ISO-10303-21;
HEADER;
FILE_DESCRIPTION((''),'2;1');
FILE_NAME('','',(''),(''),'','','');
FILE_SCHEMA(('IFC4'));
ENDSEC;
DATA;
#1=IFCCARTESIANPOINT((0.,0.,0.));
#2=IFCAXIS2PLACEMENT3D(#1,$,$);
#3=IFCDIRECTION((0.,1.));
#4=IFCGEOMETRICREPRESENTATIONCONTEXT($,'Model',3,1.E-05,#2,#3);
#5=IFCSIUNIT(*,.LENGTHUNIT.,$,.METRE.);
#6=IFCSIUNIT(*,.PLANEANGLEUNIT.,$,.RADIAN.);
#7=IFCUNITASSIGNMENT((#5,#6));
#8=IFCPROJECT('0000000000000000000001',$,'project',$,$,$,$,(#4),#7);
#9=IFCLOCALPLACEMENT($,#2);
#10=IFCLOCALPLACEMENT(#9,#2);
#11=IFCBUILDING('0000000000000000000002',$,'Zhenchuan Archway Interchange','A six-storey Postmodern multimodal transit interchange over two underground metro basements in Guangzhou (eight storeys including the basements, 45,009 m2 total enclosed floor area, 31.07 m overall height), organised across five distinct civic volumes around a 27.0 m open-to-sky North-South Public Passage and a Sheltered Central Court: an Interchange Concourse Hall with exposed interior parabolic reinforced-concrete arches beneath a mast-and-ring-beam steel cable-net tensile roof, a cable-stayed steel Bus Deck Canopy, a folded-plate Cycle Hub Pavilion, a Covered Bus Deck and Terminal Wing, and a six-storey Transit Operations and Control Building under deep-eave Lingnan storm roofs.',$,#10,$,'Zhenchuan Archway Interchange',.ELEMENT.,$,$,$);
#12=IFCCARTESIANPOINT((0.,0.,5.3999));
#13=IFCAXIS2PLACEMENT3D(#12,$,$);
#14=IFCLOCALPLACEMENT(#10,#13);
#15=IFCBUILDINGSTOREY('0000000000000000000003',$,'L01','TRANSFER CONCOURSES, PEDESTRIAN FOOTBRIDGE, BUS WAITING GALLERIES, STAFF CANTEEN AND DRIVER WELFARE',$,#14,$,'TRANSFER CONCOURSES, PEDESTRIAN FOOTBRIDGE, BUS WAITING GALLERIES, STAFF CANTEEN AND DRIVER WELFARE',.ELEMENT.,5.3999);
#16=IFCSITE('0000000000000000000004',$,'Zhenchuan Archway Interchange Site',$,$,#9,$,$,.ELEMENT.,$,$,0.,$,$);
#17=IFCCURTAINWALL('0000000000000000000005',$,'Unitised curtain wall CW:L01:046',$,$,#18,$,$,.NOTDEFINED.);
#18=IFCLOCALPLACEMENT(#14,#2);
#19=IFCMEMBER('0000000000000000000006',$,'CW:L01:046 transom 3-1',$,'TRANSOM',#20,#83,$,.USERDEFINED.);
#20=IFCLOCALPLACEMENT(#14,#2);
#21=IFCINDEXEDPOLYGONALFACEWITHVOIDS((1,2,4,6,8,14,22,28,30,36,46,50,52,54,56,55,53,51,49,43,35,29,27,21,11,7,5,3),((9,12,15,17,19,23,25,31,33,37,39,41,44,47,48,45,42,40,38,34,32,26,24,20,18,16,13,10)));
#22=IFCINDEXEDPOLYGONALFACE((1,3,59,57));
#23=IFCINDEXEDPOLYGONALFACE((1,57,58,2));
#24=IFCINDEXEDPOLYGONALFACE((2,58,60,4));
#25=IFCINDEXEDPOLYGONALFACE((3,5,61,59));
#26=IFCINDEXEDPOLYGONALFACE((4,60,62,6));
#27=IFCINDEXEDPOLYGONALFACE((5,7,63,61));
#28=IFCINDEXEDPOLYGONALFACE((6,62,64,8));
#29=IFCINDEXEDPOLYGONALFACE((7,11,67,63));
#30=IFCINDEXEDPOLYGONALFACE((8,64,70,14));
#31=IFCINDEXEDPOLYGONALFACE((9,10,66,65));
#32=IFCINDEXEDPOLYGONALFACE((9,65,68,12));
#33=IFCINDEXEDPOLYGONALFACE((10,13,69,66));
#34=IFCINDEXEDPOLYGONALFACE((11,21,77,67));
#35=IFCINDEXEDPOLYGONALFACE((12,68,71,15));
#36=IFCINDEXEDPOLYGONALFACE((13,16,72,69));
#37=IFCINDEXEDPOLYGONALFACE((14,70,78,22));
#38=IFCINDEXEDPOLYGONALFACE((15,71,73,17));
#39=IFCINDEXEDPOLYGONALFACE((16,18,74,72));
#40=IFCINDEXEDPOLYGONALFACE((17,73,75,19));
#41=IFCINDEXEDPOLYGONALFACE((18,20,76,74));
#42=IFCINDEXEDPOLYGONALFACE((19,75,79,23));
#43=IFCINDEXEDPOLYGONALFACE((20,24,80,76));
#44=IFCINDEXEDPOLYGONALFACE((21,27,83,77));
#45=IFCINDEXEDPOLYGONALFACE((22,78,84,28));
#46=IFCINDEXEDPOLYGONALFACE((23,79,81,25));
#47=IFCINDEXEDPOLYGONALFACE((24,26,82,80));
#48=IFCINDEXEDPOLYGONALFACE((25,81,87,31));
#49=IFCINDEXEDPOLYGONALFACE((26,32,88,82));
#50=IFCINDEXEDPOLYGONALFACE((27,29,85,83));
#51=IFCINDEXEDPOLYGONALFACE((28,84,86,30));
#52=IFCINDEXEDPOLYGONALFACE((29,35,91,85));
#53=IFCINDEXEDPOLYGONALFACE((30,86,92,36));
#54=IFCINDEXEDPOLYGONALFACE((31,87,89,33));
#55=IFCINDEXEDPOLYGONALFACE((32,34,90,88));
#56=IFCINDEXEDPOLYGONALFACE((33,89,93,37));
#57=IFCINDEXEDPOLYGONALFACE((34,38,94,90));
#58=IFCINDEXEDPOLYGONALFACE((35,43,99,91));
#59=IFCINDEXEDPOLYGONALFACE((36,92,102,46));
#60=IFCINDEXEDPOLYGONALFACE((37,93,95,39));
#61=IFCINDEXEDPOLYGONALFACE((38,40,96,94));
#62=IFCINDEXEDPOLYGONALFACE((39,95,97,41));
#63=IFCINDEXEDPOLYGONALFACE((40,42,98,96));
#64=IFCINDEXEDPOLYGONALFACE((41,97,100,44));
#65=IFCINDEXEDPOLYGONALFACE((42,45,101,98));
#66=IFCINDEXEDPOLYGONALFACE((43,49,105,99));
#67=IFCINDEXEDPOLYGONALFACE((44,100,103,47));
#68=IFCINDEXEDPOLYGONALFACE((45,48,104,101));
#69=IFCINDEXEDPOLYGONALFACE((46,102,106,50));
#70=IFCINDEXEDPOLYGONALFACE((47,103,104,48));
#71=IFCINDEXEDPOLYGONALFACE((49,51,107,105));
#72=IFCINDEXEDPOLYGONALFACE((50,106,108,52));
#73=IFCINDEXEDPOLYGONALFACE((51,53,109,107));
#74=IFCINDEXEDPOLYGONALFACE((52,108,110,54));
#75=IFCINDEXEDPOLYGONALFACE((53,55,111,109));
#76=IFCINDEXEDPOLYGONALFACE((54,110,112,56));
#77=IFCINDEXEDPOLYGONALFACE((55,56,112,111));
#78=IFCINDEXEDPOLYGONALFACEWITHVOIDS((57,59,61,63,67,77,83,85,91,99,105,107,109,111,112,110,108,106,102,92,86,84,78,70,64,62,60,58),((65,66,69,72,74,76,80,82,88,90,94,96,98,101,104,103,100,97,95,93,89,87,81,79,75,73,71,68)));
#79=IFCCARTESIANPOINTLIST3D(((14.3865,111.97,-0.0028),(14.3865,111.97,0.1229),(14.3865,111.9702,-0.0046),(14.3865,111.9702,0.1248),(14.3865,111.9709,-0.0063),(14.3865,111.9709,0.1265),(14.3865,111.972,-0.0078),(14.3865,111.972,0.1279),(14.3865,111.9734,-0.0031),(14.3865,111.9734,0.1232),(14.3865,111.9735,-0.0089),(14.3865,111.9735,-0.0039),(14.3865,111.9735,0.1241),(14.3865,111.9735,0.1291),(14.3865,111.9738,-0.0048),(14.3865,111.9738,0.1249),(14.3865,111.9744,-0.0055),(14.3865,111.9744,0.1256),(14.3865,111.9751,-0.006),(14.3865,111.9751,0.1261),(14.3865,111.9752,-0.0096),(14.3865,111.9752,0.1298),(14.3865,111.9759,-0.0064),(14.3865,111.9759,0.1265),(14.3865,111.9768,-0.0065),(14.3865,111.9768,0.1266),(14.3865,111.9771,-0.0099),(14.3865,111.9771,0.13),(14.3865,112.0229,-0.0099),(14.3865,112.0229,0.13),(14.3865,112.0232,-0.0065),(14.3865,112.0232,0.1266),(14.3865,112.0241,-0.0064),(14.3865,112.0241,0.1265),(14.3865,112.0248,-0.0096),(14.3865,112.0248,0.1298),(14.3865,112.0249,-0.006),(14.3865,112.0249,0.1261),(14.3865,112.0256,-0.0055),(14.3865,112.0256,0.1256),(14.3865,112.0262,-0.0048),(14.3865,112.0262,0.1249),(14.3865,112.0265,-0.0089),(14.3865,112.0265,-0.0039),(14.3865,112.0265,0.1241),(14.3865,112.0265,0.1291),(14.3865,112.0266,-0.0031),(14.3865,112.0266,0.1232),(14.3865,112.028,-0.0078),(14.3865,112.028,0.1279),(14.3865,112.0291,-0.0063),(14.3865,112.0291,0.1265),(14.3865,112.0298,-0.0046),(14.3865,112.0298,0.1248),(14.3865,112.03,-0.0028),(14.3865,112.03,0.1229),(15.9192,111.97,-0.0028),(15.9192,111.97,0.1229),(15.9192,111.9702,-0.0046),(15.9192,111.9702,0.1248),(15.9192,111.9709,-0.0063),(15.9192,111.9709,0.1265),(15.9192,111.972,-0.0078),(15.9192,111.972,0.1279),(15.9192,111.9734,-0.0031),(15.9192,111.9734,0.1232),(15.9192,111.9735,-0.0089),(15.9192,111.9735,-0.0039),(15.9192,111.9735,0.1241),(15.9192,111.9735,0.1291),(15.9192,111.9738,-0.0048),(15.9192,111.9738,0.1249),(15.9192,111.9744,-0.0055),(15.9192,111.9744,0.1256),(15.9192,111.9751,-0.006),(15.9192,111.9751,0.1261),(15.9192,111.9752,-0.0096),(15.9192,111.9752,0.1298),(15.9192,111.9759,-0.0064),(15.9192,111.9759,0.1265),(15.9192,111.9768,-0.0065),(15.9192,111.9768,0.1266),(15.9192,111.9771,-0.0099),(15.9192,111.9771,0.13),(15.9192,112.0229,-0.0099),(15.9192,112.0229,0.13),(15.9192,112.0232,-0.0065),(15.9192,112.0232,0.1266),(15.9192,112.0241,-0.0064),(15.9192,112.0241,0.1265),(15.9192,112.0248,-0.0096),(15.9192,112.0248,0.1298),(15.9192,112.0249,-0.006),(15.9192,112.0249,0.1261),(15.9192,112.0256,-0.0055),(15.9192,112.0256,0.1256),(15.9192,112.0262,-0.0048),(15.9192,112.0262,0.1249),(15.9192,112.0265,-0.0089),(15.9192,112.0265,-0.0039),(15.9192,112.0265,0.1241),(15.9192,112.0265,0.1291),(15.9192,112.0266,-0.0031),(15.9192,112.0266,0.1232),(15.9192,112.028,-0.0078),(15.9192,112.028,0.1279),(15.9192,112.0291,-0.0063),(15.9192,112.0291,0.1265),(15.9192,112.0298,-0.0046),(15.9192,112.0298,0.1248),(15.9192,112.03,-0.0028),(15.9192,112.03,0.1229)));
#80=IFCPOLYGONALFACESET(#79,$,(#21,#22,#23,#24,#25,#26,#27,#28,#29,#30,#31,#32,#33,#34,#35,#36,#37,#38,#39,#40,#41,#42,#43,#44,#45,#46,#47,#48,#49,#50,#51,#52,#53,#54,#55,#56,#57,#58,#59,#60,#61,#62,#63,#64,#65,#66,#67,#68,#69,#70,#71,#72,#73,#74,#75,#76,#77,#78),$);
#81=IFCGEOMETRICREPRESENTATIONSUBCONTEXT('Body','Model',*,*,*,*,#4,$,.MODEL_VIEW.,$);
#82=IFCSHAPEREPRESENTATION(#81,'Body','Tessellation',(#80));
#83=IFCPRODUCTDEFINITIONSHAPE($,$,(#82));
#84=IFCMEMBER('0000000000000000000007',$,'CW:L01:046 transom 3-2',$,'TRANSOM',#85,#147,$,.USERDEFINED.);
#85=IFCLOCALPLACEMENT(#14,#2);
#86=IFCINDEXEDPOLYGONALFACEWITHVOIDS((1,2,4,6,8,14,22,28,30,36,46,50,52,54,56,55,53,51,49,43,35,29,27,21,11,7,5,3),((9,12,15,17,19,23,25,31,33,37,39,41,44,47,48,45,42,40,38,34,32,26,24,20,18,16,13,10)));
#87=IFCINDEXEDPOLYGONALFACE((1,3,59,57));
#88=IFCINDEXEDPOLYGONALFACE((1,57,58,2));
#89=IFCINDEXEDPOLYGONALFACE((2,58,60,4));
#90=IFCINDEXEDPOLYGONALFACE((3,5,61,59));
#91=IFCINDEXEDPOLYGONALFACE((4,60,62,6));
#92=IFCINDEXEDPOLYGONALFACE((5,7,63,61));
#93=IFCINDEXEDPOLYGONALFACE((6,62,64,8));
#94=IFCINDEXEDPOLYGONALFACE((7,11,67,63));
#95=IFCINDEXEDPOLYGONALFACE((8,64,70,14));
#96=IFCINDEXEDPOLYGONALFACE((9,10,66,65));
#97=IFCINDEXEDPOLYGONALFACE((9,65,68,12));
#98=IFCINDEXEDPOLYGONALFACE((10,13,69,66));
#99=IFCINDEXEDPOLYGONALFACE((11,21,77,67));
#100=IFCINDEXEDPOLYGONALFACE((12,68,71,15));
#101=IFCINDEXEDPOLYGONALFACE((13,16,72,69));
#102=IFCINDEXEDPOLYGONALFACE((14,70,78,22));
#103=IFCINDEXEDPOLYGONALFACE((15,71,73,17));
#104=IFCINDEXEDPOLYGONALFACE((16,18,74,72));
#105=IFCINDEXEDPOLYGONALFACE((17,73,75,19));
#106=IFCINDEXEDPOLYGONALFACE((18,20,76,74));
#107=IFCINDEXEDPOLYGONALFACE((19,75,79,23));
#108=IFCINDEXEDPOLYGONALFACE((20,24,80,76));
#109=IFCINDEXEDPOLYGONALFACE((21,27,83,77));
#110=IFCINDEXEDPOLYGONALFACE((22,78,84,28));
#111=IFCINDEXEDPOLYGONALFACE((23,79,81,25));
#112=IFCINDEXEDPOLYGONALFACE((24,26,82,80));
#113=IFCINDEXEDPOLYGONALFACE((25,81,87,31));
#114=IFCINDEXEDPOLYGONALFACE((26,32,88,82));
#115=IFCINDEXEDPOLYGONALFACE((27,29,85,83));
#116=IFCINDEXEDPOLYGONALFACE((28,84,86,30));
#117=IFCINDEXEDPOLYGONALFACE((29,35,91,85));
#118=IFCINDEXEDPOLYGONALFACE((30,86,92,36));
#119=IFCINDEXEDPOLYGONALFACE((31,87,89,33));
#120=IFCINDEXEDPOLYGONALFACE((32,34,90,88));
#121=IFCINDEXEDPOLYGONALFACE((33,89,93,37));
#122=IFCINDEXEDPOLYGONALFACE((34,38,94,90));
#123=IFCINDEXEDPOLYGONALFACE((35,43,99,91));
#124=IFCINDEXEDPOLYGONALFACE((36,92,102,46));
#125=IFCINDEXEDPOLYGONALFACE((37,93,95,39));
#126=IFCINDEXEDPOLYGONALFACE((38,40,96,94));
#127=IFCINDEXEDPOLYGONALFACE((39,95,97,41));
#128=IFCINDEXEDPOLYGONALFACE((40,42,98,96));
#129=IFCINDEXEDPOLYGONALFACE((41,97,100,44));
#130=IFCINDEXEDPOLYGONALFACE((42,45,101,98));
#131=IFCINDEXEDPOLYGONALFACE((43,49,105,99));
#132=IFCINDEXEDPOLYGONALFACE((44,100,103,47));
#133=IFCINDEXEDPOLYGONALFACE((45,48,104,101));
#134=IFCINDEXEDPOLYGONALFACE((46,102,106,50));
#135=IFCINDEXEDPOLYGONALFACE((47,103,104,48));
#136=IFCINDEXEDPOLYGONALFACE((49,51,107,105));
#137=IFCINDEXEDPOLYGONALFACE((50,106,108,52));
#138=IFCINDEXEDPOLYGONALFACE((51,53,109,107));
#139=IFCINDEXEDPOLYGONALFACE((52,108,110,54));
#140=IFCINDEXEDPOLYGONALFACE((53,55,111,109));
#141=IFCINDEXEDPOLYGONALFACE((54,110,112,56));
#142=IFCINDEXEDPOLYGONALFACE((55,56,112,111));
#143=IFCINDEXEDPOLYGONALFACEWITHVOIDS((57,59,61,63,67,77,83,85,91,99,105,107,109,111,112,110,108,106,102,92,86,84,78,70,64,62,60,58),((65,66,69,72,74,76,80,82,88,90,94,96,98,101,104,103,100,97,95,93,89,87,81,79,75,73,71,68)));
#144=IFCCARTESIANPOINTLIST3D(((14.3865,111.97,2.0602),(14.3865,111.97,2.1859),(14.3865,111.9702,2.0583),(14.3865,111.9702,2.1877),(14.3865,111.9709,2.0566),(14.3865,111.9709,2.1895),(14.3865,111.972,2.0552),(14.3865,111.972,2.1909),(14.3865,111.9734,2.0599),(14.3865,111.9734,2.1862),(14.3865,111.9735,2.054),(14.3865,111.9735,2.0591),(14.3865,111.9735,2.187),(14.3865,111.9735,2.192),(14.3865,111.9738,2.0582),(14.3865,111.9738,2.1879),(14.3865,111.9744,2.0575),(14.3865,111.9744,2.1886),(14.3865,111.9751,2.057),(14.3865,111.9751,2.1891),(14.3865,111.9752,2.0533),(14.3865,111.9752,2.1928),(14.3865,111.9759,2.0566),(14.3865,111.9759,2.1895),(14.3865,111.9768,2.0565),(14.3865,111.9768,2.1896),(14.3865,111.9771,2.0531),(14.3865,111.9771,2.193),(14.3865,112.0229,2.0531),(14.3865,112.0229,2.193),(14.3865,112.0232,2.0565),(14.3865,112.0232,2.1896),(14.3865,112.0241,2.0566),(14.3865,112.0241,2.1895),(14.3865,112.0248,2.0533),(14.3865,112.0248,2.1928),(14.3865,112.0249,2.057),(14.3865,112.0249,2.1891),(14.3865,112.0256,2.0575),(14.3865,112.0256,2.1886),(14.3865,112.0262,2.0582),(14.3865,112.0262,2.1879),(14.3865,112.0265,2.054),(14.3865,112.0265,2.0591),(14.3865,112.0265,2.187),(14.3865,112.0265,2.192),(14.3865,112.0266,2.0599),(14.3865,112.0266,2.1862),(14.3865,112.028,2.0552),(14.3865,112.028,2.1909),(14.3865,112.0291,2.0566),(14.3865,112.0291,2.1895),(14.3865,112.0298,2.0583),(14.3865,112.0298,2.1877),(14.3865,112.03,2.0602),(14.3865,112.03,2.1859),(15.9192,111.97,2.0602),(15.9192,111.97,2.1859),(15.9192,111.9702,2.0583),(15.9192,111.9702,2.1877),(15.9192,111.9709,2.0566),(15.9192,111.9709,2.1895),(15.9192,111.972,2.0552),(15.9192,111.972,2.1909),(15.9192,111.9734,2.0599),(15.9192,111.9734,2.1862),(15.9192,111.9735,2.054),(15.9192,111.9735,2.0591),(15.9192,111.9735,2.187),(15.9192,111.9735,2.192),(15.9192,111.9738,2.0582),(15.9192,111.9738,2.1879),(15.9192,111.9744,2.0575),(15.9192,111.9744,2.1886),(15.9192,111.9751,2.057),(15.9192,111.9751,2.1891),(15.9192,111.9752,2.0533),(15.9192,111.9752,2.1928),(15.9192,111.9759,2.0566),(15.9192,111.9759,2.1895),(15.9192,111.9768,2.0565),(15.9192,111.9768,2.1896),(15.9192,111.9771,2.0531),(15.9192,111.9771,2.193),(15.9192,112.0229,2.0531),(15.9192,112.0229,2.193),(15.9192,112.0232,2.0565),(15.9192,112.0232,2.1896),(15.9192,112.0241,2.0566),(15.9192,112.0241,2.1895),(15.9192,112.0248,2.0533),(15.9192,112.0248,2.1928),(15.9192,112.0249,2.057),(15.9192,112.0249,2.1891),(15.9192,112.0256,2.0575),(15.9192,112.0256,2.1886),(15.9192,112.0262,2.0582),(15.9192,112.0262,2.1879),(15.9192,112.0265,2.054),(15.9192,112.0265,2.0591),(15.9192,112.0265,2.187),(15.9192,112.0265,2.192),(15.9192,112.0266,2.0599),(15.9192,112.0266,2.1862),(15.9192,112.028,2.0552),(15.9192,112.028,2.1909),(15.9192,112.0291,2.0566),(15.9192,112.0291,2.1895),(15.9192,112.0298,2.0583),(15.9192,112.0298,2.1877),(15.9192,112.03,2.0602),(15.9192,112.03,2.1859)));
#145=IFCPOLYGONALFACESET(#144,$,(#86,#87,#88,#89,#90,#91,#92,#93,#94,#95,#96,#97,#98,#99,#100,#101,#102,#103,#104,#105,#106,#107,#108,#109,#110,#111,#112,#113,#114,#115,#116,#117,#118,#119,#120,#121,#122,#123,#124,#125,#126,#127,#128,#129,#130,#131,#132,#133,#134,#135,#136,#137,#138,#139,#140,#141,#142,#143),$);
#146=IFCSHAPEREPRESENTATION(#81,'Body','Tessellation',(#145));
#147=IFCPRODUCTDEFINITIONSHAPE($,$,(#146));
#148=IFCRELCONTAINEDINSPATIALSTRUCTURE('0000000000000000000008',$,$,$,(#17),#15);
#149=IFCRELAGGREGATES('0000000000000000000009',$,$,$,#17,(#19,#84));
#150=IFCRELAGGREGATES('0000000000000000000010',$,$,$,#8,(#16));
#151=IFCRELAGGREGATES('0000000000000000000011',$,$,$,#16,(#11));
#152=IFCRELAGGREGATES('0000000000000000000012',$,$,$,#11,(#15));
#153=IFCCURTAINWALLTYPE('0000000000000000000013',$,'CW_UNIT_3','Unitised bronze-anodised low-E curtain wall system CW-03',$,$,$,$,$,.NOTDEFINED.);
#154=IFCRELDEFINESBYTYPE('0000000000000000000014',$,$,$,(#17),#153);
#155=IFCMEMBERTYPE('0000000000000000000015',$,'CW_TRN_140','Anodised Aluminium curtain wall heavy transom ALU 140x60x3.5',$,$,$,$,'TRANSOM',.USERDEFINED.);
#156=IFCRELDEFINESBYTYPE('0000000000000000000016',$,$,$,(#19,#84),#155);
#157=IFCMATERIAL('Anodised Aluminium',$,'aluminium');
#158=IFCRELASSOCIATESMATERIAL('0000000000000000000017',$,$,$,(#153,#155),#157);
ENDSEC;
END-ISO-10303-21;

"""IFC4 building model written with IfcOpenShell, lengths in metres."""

from ifc_helpers import new_model, si_unit, direction, frame, origin, origin_2d, place, context, subcontext, project, spatial, hollow_rectangle, extrude, material, material_profile, profile_set, type_object, element, aggregate, save


model = new_model("IFC4")

# Units and contexts
model_context = context("Model", 3, precision=1e-05, world=origin(), true_north=direction((0.0, 1.0)))
body_context = subcontext(model_context, "Body", "Model", "MODEL_VIEW")
ifc_project = project(units=[si_unit("LENGTHUNIT", "METRE"), si_unit("PLANEANGLEUNIT", "RADIAN")], contexts=[model_context])

# Site, building, storey
site_placement = place(None, origin())
site = spatial("IfcSite", under=ifc_project, at=site_placement, Name="Zhenchuan Archway Interchange Site", CompositionType="ELEMENT", RefElevation=0.0)
building_placement = place(site_placement, origin())
building = spatial("IfcBuilding", under=site, at=building_placement, Name="Zhenchuan Archway Interchange", Description="A six-storey Postmodern multimodal transit interchange over two underground metro basements in Guangzhou (eight storeys including the basements, 45,009 m2 total enclosed floor area, 31.07 m overall height), organised across five distinct civic volumes around a 27.0 m open-to-sky North-South Public Passage and a Sheltered Central Court: an Interchange Concourse Hall with exposed interior parabolic reinforced-concrete arches beneath a mast-and-ring-beam steel cable-net tensile roof, a cable-stayed steel Bus Deck Canopy, a folded-plate Cycle Hub Pavilion, a Covered Bus Deck and Terminal Wing, and a six-storey Transit Operations and Control Building under deep-eave Lingnan storm roofs.", LongName="Zhenchuan Archway Interchange", CompositionType="ELEMENT")
storey_placement = place(building_placement, frame((0.0, 0.0, 5.3999)))
storey = spatial("IfcBuildingStorey", under=building, at=storey_placement, Name="L01", Description="TRANSFER CONCOURSES, PEDESTRIAN FOOTBRIDGE, BUS WAITING GALLERIES, STAFF CANTEEN AND DRIVER WELFARE", LongName="TRANSFER CONCOURSES, PEDESTRIAN FOOTBRIDGE, BUS WAITING GALLERIES, STAFF CANTEEN AND DRIVER WELFARE", CompositionType="ELEMENT", Elevation=5.3999)

# Curtain wall, members
ifc_material_1 = material(Name="Anodised Aluminium", Category="aluminium")
curtain_wall_type = type_object("IfcCurtainWallType", Name="CW_UNIT_3", Description="Unitised bronze-anodised low-E curtain wall system CW-03", PredefinedType="NOTDEFINED", material=ifc_material_1)
curtain_wall_placement = place(storey_placement, origin())
curtain_wall = element("IfcCurtainWall", 1, at=curtain_wall_placement, inside=storey, type_object=curtain_wall_type, Name="Unitised curtain wall CW:L01:046", PredefinedType="NOTDEFINED")
ifc_material_profile_1 = material_profile(ifc_material_1, hollow_rectangle(XDim=0.0601, YDim=0.1399, WallThickness=0.0034, InnerFilletRadius=0.0034, OuterFilletRadius=0.0071, at=origin_2d()), Name="ALU 140x60x3.5")
ifc_profile_set_1 = profile_set([ifc_material_profile_1], Name="Anodised Aluminium")
member_type_1 = type_object("IfcMemberType", Name="CW_TRN_140", Description="Anodised Aluminium curtain wall heavy transom ALU 140x60x3.5", ElementType="TRANSOM", PredefinedType="USERDEFINED", material=ifc_profile_set_1)
member_1_placement = place(storey_placement, frame((14.3865, 112.0, 0.0601), z_axis=(1.0, 0.0, 0.0), x_axis=(0.0, 1.0, 0.0)))
member_1 = element("IfcMember", 2, at=member_1_placement, type_object=member_type_1, Name="CW:L01:046 transom 3-1", ObjectType="TRANSOM", PredefinedType="USERDEFINED", context=body_context, shape_type="SweptSolid", body=[
    extrude(hollow_rectangle(XDim=0.0601, YDim=0.1399, WallThickness=0.0034, InnerFilletRadius=0.0034, OuterFilletRadius=0.0071, at=origin_2d()), origin(), (0.0, 0.0, 1.0), 1.5327),
])
member_2_placement = place(storey_placement, frame((14.3865, 112.0, 2.123), z_axis=(1.0, 0.0, 0.0), x_axis=(0.0, 1.0, 0.0)))
member_2 = element("IfcMember", 3, at=member_2_placement, type_object=member_type_1, Name="CW:L01:046 transom 3-2", ObjectType="TRANSOM", PredefinedType="USERDEFINED", context=body_context, shape_type="SweptSolid", body=[
    extrude(hollow_rectangle(XDim=0.0601, YDim=0.1399, WallThickness=0.0034, InnerFilletRadius=0.0034, OuterFilletRadius=0.0071, at=origin_2d()), origin(), (0.0, 0.0, 1.0), 1.5327),
])
aggregate(curtain_wall, [member_1, member_2])

save(model, "model.ifc")
